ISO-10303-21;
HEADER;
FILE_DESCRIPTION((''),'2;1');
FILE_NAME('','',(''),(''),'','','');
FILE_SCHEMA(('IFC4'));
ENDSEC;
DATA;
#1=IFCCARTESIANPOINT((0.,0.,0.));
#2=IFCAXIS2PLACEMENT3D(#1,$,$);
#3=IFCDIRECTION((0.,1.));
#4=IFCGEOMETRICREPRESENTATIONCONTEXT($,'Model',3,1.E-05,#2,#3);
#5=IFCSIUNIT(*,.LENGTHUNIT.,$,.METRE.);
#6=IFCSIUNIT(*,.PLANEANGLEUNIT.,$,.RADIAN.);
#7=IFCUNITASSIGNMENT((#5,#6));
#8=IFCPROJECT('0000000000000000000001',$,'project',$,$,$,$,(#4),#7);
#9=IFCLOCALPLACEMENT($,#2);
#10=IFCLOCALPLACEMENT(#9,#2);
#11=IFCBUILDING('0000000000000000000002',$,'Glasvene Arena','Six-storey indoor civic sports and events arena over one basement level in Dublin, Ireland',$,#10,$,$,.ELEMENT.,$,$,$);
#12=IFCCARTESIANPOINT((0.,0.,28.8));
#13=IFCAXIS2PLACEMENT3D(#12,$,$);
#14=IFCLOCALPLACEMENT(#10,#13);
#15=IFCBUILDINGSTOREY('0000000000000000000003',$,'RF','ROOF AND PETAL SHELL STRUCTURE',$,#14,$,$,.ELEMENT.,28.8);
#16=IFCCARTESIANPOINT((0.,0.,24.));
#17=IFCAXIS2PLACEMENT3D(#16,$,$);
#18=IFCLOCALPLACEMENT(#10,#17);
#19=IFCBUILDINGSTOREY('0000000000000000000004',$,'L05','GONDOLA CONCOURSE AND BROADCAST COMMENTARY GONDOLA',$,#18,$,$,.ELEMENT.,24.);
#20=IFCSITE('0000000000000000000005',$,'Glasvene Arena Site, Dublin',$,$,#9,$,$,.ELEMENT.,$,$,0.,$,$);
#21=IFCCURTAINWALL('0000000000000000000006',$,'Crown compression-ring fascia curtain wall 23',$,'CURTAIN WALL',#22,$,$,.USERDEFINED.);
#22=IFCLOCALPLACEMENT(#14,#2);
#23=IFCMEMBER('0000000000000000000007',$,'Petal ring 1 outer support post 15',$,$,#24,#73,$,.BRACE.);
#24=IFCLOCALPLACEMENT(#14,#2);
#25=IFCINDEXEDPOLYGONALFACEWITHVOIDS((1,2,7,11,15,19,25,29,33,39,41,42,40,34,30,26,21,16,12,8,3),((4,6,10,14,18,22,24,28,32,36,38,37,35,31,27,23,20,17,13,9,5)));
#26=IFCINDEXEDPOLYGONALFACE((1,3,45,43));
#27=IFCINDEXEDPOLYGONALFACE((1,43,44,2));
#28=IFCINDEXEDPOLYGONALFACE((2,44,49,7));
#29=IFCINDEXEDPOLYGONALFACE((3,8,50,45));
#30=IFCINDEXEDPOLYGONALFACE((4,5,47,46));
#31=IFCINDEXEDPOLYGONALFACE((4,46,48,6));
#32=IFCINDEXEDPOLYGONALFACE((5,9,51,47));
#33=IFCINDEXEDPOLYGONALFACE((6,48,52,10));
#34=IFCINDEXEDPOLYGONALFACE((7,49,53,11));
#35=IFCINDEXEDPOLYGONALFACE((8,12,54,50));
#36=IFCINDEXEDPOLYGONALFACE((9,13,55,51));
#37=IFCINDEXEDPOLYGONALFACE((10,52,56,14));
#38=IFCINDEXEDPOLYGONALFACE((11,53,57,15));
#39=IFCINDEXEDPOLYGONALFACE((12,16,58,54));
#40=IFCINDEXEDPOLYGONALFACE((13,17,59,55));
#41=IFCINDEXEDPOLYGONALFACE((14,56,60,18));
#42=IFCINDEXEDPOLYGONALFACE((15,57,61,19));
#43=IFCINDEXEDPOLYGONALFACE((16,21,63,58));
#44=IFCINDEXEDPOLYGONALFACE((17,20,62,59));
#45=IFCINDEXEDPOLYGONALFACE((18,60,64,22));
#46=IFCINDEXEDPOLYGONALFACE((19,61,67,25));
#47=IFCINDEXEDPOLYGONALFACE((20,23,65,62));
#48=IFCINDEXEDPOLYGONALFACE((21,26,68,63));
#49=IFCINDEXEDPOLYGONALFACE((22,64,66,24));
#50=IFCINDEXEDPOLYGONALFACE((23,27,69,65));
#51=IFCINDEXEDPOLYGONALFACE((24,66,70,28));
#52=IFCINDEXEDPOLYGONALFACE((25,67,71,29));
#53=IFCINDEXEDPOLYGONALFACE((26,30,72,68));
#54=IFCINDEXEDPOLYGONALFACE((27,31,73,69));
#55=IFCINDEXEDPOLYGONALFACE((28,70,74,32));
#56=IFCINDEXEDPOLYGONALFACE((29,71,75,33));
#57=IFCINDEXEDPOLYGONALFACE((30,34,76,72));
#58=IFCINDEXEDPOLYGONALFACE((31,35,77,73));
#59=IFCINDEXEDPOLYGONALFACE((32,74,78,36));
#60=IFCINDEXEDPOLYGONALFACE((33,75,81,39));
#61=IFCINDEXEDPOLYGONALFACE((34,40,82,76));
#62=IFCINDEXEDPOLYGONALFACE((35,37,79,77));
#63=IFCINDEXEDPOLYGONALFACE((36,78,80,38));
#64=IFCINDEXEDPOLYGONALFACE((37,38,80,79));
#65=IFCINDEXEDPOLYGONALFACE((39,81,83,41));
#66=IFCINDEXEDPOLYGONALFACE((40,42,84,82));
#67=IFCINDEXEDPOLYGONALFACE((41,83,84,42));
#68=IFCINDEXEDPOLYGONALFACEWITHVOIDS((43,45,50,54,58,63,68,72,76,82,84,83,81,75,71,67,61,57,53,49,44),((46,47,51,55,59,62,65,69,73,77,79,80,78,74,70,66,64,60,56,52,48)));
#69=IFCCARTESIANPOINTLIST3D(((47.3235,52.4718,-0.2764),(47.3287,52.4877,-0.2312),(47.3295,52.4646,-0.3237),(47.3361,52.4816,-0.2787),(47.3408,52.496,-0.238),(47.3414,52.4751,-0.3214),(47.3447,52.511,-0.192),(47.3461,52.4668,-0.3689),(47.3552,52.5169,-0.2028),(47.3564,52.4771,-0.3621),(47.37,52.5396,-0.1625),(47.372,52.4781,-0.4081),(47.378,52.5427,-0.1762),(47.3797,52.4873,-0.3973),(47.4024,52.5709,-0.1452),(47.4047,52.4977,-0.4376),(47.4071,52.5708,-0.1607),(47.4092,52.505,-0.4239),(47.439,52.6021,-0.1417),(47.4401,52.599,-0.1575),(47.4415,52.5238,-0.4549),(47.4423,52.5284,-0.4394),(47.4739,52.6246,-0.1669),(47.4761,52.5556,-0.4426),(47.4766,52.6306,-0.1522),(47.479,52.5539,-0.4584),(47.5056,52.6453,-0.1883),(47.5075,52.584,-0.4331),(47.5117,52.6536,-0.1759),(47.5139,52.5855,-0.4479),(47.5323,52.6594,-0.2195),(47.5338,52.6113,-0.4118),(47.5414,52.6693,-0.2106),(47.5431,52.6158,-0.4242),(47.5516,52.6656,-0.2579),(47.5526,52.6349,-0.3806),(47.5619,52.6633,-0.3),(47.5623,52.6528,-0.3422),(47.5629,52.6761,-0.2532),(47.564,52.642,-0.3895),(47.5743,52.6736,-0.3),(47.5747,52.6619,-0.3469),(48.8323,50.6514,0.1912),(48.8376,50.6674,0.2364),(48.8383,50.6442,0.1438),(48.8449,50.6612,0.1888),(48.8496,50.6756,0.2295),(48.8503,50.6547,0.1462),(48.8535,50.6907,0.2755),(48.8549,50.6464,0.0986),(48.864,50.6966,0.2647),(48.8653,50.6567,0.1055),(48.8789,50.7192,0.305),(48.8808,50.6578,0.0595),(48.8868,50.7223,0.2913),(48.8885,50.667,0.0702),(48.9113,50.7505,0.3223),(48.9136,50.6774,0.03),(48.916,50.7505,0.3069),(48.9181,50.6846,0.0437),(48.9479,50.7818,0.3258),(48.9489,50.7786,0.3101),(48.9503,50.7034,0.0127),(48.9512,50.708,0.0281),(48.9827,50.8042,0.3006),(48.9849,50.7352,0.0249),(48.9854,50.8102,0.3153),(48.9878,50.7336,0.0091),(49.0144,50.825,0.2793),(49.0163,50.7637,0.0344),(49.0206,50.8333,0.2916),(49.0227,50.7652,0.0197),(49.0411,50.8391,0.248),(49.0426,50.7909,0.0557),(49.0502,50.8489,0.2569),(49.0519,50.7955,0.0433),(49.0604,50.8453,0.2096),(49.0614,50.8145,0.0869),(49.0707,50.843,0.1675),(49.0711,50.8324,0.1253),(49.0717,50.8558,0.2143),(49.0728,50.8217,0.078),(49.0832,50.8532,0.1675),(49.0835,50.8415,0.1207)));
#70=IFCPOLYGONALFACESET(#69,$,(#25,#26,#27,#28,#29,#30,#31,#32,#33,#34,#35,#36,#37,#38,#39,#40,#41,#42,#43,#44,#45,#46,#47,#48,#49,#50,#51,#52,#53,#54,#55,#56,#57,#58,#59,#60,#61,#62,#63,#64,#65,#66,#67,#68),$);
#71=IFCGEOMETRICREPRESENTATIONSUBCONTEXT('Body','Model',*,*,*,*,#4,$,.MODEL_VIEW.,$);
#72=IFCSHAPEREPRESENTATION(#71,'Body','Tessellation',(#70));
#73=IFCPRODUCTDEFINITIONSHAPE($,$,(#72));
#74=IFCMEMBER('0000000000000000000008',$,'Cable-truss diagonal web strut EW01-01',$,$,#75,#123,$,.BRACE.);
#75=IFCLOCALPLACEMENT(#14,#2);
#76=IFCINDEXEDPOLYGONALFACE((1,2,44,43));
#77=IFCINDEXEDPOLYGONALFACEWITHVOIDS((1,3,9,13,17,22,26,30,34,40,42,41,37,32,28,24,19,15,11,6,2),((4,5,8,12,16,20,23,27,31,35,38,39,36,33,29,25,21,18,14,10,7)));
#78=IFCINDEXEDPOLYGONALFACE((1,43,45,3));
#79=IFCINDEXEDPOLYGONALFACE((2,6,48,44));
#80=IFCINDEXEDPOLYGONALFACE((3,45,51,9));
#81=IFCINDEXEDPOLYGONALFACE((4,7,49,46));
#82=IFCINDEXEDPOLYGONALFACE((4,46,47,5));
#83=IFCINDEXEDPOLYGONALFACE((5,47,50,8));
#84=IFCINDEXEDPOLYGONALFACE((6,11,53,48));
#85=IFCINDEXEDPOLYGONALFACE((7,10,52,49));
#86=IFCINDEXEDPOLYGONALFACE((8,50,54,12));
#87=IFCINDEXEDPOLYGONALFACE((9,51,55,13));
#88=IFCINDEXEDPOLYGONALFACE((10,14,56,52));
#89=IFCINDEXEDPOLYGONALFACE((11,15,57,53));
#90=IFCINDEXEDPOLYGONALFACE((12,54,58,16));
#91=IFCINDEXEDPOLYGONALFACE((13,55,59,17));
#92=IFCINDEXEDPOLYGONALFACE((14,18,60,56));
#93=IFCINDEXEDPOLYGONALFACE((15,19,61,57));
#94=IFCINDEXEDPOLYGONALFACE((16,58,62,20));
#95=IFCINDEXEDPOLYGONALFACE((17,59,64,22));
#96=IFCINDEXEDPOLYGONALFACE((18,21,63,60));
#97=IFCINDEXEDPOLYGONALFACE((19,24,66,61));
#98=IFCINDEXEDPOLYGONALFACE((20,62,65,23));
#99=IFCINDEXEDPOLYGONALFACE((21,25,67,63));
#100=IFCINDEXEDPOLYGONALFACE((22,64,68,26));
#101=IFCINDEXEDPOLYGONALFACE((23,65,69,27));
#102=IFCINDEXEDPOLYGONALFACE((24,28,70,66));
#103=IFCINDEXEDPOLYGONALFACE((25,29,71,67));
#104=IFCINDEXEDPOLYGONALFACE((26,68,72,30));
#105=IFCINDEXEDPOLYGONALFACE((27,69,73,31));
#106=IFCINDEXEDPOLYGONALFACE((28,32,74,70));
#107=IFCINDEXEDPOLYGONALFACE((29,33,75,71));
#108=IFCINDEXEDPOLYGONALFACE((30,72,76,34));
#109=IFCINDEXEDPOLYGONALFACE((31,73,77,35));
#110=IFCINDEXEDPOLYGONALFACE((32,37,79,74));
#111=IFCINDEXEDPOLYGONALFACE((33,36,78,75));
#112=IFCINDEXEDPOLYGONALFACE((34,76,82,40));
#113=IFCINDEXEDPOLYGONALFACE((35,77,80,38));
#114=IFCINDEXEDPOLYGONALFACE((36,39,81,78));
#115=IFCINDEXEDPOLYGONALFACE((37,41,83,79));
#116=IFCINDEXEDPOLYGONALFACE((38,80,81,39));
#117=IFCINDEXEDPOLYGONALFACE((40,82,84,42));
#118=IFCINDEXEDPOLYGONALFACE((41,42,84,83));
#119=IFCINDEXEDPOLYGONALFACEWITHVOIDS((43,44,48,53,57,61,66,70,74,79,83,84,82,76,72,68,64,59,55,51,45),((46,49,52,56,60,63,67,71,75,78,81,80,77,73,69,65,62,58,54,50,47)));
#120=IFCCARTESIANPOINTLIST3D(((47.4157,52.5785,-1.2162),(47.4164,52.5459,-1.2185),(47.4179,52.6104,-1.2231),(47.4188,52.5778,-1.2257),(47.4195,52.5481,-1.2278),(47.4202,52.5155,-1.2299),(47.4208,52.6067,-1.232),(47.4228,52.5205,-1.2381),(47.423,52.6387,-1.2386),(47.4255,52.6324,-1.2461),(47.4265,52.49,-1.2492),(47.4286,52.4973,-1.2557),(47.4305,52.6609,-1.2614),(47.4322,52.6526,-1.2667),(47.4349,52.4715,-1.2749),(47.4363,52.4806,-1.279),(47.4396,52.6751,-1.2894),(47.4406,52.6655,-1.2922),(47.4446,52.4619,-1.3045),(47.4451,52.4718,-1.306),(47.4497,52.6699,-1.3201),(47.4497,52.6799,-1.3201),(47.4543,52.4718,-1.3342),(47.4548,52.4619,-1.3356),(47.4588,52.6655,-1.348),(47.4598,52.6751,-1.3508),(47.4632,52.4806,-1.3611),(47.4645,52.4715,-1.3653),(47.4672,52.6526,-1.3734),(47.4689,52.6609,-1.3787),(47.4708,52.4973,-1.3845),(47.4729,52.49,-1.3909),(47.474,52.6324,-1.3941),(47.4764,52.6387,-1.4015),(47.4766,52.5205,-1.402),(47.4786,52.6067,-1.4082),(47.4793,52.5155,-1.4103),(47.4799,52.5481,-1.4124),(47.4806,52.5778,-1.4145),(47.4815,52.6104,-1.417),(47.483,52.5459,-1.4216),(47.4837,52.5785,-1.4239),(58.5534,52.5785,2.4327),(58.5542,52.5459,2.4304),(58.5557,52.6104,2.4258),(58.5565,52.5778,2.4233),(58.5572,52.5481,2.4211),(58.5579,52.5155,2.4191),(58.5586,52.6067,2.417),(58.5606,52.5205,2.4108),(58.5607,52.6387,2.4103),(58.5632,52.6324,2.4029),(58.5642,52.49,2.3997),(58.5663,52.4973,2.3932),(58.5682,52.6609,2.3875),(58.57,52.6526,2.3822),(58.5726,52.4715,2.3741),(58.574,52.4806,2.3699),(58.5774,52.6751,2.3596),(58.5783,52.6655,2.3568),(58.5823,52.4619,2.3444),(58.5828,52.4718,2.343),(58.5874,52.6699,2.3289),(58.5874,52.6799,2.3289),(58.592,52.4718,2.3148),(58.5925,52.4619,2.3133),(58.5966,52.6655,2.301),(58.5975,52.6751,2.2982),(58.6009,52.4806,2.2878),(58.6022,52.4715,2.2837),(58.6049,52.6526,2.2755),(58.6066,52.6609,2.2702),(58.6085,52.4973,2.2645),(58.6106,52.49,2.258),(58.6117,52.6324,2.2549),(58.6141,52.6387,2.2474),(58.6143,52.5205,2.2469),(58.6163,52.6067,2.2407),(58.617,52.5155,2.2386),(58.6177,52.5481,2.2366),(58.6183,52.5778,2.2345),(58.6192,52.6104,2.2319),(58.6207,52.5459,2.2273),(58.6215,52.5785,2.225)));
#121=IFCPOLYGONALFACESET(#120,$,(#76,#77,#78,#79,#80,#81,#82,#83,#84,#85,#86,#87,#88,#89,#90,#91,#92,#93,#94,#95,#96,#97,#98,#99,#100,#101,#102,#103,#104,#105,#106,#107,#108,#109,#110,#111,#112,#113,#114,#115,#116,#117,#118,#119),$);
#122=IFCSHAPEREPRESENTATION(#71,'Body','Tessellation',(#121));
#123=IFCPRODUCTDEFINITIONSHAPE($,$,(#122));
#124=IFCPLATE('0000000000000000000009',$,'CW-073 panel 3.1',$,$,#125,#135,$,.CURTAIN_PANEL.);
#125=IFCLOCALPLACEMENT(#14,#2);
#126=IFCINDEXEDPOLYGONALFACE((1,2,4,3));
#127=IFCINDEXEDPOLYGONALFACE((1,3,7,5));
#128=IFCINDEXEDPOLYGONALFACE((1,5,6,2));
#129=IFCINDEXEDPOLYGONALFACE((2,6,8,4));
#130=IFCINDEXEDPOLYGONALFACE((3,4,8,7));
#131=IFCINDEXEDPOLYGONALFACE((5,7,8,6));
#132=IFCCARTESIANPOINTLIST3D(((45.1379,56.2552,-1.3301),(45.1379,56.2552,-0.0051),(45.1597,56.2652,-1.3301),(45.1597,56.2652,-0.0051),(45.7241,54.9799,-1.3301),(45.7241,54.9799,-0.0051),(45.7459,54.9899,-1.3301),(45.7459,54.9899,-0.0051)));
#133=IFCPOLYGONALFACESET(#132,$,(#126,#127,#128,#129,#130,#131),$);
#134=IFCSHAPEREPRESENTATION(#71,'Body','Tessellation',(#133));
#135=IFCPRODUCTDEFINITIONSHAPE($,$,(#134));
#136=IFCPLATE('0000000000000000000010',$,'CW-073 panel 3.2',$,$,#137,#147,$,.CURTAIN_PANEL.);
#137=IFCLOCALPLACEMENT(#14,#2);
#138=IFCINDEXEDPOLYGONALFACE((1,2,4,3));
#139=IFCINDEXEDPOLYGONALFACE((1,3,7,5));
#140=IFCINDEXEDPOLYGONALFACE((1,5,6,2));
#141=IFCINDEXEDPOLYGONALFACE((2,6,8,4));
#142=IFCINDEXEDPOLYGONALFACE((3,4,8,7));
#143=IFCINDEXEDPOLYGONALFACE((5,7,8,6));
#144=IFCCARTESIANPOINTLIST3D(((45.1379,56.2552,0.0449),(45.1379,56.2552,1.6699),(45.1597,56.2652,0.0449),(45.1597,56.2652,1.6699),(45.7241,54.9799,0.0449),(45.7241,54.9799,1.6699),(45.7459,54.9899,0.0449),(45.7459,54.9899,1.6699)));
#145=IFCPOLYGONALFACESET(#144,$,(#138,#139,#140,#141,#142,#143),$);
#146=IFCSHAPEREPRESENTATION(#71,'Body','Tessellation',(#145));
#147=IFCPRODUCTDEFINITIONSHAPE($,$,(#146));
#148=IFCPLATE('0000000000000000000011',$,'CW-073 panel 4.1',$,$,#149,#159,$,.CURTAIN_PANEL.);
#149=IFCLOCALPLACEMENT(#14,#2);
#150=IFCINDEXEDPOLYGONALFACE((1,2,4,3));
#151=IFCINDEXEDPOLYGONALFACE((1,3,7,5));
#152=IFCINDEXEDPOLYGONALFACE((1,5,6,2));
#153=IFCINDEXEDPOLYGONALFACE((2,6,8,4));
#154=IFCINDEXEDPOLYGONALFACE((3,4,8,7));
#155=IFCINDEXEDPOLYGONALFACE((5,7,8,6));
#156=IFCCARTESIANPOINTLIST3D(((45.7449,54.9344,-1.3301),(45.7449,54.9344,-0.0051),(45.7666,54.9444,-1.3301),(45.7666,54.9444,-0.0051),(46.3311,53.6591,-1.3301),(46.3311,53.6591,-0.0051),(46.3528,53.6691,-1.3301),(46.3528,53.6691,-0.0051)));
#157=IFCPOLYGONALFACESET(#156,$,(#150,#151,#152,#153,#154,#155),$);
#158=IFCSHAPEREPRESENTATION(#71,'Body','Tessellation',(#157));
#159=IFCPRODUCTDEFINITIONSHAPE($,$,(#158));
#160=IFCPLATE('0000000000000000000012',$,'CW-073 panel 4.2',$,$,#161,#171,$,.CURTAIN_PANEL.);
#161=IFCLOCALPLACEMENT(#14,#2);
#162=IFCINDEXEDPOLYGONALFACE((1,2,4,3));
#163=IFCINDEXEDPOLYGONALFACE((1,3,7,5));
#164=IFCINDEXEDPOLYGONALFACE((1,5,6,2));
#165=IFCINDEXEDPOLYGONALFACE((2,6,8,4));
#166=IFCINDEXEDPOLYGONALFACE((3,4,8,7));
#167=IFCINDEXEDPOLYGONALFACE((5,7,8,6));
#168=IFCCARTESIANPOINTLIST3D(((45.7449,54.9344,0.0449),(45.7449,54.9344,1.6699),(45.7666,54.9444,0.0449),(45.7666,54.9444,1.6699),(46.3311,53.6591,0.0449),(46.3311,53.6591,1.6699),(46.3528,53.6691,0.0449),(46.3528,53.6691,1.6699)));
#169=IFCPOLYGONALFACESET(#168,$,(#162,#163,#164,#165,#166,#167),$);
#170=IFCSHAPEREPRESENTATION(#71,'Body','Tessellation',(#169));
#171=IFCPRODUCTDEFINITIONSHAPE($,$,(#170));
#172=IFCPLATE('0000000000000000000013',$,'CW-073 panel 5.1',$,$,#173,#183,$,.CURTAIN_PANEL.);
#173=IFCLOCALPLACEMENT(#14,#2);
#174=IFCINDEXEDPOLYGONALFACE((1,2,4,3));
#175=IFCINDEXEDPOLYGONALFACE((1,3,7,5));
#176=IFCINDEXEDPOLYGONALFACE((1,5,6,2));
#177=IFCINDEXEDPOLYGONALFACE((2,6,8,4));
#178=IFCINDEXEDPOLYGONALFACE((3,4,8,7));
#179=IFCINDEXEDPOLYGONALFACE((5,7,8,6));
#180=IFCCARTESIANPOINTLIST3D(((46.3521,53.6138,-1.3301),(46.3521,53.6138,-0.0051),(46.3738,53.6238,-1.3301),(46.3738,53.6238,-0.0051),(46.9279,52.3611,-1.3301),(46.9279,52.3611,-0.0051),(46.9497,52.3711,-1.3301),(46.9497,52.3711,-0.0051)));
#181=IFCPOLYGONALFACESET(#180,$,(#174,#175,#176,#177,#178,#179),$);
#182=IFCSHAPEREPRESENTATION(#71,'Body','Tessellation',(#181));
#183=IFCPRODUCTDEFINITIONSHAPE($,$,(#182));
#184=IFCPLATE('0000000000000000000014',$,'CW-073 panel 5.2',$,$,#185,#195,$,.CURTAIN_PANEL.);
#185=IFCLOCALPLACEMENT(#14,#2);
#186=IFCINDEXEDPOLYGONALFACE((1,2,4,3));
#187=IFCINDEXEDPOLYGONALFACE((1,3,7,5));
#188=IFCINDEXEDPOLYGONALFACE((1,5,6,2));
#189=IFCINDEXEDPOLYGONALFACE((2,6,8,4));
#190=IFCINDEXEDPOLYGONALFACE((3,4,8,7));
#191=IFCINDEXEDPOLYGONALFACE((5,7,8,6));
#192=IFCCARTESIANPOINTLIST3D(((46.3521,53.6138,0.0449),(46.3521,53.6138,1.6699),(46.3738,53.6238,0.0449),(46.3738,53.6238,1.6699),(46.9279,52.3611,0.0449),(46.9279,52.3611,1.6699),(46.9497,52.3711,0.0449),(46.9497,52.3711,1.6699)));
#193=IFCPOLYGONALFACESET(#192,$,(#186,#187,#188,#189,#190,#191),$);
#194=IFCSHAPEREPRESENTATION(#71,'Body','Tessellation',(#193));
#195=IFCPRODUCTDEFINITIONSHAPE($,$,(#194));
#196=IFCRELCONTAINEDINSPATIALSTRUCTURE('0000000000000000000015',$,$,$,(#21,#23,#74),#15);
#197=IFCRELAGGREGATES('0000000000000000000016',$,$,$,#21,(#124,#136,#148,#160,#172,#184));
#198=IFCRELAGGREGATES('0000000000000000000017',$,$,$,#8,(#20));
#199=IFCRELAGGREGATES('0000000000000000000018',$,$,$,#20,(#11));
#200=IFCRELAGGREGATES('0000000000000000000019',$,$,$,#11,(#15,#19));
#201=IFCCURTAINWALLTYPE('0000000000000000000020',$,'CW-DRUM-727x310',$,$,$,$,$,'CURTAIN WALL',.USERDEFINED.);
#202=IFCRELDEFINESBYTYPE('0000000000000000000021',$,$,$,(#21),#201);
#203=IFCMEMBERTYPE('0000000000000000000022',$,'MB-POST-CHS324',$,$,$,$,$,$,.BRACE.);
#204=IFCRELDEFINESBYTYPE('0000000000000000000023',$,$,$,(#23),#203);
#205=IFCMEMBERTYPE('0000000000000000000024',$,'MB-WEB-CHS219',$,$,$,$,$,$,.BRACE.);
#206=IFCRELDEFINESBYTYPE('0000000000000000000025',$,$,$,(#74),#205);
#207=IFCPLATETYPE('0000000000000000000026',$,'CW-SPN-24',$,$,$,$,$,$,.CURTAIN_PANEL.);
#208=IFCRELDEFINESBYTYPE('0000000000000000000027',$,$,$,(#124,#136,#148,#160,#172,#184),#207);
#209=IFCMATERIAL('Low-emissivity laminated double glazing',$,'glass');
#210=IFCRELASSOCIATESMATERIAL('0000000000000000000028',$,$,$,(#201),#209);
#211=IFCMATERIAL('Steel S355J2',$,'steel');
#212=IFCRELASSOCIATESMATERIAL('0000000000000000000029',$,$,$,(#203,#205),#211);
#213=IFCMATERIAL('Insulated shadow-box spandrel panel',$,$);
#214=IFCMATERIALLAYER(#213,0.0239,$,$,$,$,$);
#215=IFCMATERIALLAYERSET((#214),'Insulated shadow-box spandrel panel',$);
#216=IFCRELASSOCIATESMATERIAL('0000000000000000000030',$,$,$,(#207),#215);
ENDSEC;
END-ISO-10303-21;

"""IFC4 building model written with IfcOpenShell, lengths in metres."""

from ifc_helpers import new_model, si_unit, direction, frame, origin, origin_2d, place, context, subcontext, project, spatial, rectangle, hollow_circle, extrude, material, layer, layer_set, material_profile, profile_set, type_object, element, aggregate, save


model = new_model("IFC4")

# Units and contexts
model_context = context("Model", 3, precision=1e-05, world=origin(), true_north=direction((0.0, 1.0)))
body_context = subcontext(model_context, "Body", "Model", "MODEL_VIEW")
ifc_project = project(units=[si_unit("LENGTHUNIT", "METRE"), si_unit("PLANEANGLEUNIT", "RADIAN")], contexts=[model_context])

# Site, building, storey
site_placement = place(None, origin())
site = spatial("IfcSite", under=ifc_project, at=site_placement, Name="Glasvene Arena Site, Dublin", CompositionType="ELEMENT", RefElevation=0.0)
building_placement = place(site_placement, origin())
building = spatial("IfcBuilding", under=site, at=building_placement, Name="Glasvene Arena", Description="Six-storey indoor civic sports and events arena over one basement level in Dublin, Ireland", CompositionType="ELEMENT")
storey_1_placement = place(building_placement, frame((0.0, 0.0, 28.8)))
storey_1 = spatial("IfcBuildingStorey", under=building, at=storey_1_placement, Name="RF", Description="ROOF AND PETAL SHELL STRUCTURE", CompositionType="ELEMENT", Elevation=28.8)

# Shared definitions
ifc_material_1 = material(Name="Steel S355J2", Category="steel")

# Curtain wall
ifc_material_2 = material(Name="Low-emissivity laminated double glazing", Category="glass")
curtain_wall_type_1 = type_object("IfcCurtainWallType", Name="CW-DRUM-727x310", ElementType="CURTAIN WALL", PredefinedType="USERDEFINED", material=ifc_material_2)
curtain_wall_1_placement = place(storey_1_placement, frame((43.9241, 58.9243, 0.0)))
curtain_wall_1 = element("IfcCurtainWall", 1, at=curtain_wall_1_placement, inside=storey_1, type_object=curtain_wall_type_1, Name="Crown compression-ring fascia curtain wall 23", ObjectType="CURTAIN WALL", PredefinedType="USERDEFINED")

# Members
ifc_material_profile_1 = material_profile(ifc_material_1, hollow_circle(Radius=0.1619, WallThickness=0.0161, at=origin_2d()), Name="CHS 323.9x16.0")
ifc_profile_set_1 = profile_set([ifc_material_profile_1], Name="Steel S355J2")
member_type_1 = type_object("IfcMemberType", Name="MB-POST-CHS324", PredefinedType="BRACE", material=ifc_profile_set_1)
member_1_placement = place(storey_1_placement, frame((47.4497, 52.5703, -0.3), z_axis=(0.626028, -0.755286, 0.193988), x_axis=(0.769911, 0.638151, 0.0)))
element("IfcMember", 2, at=member_1_placement, inside=storey_1, type_object=member_type_1, Name="Petal ring 1 outer support post 15", PredefinedType="BRACE", context=body_context, shape_type="SweptSolid", body=[
    extrude(hollow_circle(Radius=0.1619, WallThickness=0.0161, at=origin_2d()), origin(), (0.0, 0.0, 1.0), 2.4102),
])
ifc_material_profile_2 = material_profile(ifc_material_1, hollow_circle(Radius=0.1096, WallThickness=0.01, at=origin_2d()), Name="CHS 219.1x10.0")
ifc_profile_set_2 = profile_set([ifc_material_profile_2], Name="Steel S355J2")
member_type_2 = type_object("IfcMemberType", Name="MB-WEB-CHS219", PredefinedType="BRACE", material=ifc_profile_set_2)
member_2_placement = place(storey_1_placement, frame((47.4497, 52.5703, -1.3201), z_axis=(0.9503, 0.0, 0.311337), x_axis=(0.0, 1.0, 0.0)))
element("IfcMember", 3, at=member_2_placement, inside=storey_1, type_object=member_type_2, Name="Cable-truss diagonal web strut EW01-01", PredefinedType="BRACE", context=body_context, shape_type="SweptSolid", body=[
    extrude(hollow_circle(Radius=0.1096, WallThickness=0.01, at=origin_2d()), origin(), (0.0, 0.0, 1.0), 11.7202),
])

# Plates
ifc_material_3 = material(Name="Insulated shadow-box spandrel panel")
ifc_layer_1 = layer(ifc_material_3, 0.0239)
ifc_layer_set_1 = layer_set([ifc_layer_1], Name="Insulated shadow-box spandrel panel")
plate_type_1 = type_object("IfcPlateType", Name="CW-SPN-24", PredefinedType="CURTAIN_PANEL", material=ifc_layer_set_1)
plate_1_placement = place(storey_1_placement, frame((45.4419, 55.6226, -1.3301), z_axis=(0.0, 0.0, 1.0), x_axis=(0.417661, -0.908603, 0.0)))
plate_1 = element("IfcPlate", 4, at=plate_1_placement, type_object=plate_type_1, Name="CW-073 panel 3.1", PredefinedType="CURTAIN_PANEL", context=body_context, shape_type="SweptSolid", body=[
    extrude(rectangle(XDim=1.4036, YDim=0.0239, at=origin_2d()), origin(), (0.0, 0.0, 1.0), 1.325),
])
plate_2_placement = place(storey_1_placement, frame((45.4419, 55.6226, 0.0449), z_axis=(0.0, 0.0, 1.0), x_axis=(0.417661, -0.908603, 0.0)))
plate_2 = element("IfcPlate", 5, at=plate_2_placement, type_object=plate_type_1, Name="CW-073 panel 3.2", PredefinedType="CURTAIN_PANEL", context=body_context, shape_type="SweptSolid", body=[
    extrude(rectangle(XDim=1.4036, YDim=0.0239, at=origin_2d()), origin(), (0.0, 0.0, 1.0), 1.625),
])
plate_3_placement = place(storey_1_placement, frame((46.0488, 54.3018, -1.3301), z_axis=(0.0, 0.0, 1.0), x_axis=(0.417661, -0.908603, 0.0)))
plate_3 = element("IfcPlate", 6, at=plate_3_placement, type_object=plate_type_1, Name="CW-073 panel 4.1", PredefinedType="CURTAIN_PANEL", context=body_context, shape_type="SweptSolid", body=[
    extrude(rectangle(XDim=1.4036, YDim=0.0239, at=origin_2d()), origin(), (0.0, 0.0, 1.0), 1.325),
])
plate_4_placement = place(storey_1_placement, frame((46.0488, 54.3018, 0.0449), z_axis=(0.0, 0.0, 1.0), x_axis=(0.417661, -0.908603, 0.0)))
plate_4 = element("IfcPlate", 7, at=plate_4_placement, type_object=plate_type_1, Name="CW-073 panel 4.2", PredefinedType="CURTAIN_PANEL", context=body_context, shape_type="SweptSolid", body=[
    extrude(rectangle(XDim=1.4036, YDim=0.0239, at=origin_2d()), origin(), (0.0, 0.0, 1.0), 1.625),
])
plate_5_placement = place(storey_1_placement, frame((46.6509, 52.9924, -1.3301), z_axis=(0.0, 0.0, 1.0), x_axis=(0.417661, -0.908603, 0.0)))
plate_5 = element("IfcPlate", 8, at=plate_5_placement, type_object=plate_type_1, Name="CW-073 panel 5.1", PredefinedType="CURTAIN_PANEL", context=body_context, shape_type="SweptSolid", body=[
    extrude(rectangle(XDim=1.3787, YDim=0.0239, at=origin_2d()), origin(), (0.0, 0.0, 1.0), 1.325),
])
plate_6_placement = place(storey_1_placement, frame((46.6509, 52.9924, 0.0449), z_axis=(0.0, 0.0, 1.0), x_axis=(0.417661, -0.908603, 0.0)))
plate_6 = element("IfcPlate", 9, at=plate_6_placement, type_object=plate_type_1, Name="CW-073 panel 5.2", PredefinedType="CURTAIN_PANEL", context=body_context, shape_type="SweptSolid", body=[
    extrude(rectangle(XDim=1.3787, YDim=0.0239, at=origin_2d()), origin(), (0.0, 0.0, 1.0), 1.625),
])
aggregate(curtain_wall_1, [plate_1, plate_2, plate_3, plate_4, plate_5, plate_6])

# Shared definitions
storey_2_placement = place(building_placement, frame((0.0, 0.0, 24.0)))
storey_2 = spatial("IfcBuildingStorey", under=building, at=storey_2_placement, Name="L05", Description="GONDOLA CONCOURSE AND BROADCAST COMMENTARY GONDOLA", CompositionType="ELEMENT", Elevation=24.0)

save(model, "model.ifc")
